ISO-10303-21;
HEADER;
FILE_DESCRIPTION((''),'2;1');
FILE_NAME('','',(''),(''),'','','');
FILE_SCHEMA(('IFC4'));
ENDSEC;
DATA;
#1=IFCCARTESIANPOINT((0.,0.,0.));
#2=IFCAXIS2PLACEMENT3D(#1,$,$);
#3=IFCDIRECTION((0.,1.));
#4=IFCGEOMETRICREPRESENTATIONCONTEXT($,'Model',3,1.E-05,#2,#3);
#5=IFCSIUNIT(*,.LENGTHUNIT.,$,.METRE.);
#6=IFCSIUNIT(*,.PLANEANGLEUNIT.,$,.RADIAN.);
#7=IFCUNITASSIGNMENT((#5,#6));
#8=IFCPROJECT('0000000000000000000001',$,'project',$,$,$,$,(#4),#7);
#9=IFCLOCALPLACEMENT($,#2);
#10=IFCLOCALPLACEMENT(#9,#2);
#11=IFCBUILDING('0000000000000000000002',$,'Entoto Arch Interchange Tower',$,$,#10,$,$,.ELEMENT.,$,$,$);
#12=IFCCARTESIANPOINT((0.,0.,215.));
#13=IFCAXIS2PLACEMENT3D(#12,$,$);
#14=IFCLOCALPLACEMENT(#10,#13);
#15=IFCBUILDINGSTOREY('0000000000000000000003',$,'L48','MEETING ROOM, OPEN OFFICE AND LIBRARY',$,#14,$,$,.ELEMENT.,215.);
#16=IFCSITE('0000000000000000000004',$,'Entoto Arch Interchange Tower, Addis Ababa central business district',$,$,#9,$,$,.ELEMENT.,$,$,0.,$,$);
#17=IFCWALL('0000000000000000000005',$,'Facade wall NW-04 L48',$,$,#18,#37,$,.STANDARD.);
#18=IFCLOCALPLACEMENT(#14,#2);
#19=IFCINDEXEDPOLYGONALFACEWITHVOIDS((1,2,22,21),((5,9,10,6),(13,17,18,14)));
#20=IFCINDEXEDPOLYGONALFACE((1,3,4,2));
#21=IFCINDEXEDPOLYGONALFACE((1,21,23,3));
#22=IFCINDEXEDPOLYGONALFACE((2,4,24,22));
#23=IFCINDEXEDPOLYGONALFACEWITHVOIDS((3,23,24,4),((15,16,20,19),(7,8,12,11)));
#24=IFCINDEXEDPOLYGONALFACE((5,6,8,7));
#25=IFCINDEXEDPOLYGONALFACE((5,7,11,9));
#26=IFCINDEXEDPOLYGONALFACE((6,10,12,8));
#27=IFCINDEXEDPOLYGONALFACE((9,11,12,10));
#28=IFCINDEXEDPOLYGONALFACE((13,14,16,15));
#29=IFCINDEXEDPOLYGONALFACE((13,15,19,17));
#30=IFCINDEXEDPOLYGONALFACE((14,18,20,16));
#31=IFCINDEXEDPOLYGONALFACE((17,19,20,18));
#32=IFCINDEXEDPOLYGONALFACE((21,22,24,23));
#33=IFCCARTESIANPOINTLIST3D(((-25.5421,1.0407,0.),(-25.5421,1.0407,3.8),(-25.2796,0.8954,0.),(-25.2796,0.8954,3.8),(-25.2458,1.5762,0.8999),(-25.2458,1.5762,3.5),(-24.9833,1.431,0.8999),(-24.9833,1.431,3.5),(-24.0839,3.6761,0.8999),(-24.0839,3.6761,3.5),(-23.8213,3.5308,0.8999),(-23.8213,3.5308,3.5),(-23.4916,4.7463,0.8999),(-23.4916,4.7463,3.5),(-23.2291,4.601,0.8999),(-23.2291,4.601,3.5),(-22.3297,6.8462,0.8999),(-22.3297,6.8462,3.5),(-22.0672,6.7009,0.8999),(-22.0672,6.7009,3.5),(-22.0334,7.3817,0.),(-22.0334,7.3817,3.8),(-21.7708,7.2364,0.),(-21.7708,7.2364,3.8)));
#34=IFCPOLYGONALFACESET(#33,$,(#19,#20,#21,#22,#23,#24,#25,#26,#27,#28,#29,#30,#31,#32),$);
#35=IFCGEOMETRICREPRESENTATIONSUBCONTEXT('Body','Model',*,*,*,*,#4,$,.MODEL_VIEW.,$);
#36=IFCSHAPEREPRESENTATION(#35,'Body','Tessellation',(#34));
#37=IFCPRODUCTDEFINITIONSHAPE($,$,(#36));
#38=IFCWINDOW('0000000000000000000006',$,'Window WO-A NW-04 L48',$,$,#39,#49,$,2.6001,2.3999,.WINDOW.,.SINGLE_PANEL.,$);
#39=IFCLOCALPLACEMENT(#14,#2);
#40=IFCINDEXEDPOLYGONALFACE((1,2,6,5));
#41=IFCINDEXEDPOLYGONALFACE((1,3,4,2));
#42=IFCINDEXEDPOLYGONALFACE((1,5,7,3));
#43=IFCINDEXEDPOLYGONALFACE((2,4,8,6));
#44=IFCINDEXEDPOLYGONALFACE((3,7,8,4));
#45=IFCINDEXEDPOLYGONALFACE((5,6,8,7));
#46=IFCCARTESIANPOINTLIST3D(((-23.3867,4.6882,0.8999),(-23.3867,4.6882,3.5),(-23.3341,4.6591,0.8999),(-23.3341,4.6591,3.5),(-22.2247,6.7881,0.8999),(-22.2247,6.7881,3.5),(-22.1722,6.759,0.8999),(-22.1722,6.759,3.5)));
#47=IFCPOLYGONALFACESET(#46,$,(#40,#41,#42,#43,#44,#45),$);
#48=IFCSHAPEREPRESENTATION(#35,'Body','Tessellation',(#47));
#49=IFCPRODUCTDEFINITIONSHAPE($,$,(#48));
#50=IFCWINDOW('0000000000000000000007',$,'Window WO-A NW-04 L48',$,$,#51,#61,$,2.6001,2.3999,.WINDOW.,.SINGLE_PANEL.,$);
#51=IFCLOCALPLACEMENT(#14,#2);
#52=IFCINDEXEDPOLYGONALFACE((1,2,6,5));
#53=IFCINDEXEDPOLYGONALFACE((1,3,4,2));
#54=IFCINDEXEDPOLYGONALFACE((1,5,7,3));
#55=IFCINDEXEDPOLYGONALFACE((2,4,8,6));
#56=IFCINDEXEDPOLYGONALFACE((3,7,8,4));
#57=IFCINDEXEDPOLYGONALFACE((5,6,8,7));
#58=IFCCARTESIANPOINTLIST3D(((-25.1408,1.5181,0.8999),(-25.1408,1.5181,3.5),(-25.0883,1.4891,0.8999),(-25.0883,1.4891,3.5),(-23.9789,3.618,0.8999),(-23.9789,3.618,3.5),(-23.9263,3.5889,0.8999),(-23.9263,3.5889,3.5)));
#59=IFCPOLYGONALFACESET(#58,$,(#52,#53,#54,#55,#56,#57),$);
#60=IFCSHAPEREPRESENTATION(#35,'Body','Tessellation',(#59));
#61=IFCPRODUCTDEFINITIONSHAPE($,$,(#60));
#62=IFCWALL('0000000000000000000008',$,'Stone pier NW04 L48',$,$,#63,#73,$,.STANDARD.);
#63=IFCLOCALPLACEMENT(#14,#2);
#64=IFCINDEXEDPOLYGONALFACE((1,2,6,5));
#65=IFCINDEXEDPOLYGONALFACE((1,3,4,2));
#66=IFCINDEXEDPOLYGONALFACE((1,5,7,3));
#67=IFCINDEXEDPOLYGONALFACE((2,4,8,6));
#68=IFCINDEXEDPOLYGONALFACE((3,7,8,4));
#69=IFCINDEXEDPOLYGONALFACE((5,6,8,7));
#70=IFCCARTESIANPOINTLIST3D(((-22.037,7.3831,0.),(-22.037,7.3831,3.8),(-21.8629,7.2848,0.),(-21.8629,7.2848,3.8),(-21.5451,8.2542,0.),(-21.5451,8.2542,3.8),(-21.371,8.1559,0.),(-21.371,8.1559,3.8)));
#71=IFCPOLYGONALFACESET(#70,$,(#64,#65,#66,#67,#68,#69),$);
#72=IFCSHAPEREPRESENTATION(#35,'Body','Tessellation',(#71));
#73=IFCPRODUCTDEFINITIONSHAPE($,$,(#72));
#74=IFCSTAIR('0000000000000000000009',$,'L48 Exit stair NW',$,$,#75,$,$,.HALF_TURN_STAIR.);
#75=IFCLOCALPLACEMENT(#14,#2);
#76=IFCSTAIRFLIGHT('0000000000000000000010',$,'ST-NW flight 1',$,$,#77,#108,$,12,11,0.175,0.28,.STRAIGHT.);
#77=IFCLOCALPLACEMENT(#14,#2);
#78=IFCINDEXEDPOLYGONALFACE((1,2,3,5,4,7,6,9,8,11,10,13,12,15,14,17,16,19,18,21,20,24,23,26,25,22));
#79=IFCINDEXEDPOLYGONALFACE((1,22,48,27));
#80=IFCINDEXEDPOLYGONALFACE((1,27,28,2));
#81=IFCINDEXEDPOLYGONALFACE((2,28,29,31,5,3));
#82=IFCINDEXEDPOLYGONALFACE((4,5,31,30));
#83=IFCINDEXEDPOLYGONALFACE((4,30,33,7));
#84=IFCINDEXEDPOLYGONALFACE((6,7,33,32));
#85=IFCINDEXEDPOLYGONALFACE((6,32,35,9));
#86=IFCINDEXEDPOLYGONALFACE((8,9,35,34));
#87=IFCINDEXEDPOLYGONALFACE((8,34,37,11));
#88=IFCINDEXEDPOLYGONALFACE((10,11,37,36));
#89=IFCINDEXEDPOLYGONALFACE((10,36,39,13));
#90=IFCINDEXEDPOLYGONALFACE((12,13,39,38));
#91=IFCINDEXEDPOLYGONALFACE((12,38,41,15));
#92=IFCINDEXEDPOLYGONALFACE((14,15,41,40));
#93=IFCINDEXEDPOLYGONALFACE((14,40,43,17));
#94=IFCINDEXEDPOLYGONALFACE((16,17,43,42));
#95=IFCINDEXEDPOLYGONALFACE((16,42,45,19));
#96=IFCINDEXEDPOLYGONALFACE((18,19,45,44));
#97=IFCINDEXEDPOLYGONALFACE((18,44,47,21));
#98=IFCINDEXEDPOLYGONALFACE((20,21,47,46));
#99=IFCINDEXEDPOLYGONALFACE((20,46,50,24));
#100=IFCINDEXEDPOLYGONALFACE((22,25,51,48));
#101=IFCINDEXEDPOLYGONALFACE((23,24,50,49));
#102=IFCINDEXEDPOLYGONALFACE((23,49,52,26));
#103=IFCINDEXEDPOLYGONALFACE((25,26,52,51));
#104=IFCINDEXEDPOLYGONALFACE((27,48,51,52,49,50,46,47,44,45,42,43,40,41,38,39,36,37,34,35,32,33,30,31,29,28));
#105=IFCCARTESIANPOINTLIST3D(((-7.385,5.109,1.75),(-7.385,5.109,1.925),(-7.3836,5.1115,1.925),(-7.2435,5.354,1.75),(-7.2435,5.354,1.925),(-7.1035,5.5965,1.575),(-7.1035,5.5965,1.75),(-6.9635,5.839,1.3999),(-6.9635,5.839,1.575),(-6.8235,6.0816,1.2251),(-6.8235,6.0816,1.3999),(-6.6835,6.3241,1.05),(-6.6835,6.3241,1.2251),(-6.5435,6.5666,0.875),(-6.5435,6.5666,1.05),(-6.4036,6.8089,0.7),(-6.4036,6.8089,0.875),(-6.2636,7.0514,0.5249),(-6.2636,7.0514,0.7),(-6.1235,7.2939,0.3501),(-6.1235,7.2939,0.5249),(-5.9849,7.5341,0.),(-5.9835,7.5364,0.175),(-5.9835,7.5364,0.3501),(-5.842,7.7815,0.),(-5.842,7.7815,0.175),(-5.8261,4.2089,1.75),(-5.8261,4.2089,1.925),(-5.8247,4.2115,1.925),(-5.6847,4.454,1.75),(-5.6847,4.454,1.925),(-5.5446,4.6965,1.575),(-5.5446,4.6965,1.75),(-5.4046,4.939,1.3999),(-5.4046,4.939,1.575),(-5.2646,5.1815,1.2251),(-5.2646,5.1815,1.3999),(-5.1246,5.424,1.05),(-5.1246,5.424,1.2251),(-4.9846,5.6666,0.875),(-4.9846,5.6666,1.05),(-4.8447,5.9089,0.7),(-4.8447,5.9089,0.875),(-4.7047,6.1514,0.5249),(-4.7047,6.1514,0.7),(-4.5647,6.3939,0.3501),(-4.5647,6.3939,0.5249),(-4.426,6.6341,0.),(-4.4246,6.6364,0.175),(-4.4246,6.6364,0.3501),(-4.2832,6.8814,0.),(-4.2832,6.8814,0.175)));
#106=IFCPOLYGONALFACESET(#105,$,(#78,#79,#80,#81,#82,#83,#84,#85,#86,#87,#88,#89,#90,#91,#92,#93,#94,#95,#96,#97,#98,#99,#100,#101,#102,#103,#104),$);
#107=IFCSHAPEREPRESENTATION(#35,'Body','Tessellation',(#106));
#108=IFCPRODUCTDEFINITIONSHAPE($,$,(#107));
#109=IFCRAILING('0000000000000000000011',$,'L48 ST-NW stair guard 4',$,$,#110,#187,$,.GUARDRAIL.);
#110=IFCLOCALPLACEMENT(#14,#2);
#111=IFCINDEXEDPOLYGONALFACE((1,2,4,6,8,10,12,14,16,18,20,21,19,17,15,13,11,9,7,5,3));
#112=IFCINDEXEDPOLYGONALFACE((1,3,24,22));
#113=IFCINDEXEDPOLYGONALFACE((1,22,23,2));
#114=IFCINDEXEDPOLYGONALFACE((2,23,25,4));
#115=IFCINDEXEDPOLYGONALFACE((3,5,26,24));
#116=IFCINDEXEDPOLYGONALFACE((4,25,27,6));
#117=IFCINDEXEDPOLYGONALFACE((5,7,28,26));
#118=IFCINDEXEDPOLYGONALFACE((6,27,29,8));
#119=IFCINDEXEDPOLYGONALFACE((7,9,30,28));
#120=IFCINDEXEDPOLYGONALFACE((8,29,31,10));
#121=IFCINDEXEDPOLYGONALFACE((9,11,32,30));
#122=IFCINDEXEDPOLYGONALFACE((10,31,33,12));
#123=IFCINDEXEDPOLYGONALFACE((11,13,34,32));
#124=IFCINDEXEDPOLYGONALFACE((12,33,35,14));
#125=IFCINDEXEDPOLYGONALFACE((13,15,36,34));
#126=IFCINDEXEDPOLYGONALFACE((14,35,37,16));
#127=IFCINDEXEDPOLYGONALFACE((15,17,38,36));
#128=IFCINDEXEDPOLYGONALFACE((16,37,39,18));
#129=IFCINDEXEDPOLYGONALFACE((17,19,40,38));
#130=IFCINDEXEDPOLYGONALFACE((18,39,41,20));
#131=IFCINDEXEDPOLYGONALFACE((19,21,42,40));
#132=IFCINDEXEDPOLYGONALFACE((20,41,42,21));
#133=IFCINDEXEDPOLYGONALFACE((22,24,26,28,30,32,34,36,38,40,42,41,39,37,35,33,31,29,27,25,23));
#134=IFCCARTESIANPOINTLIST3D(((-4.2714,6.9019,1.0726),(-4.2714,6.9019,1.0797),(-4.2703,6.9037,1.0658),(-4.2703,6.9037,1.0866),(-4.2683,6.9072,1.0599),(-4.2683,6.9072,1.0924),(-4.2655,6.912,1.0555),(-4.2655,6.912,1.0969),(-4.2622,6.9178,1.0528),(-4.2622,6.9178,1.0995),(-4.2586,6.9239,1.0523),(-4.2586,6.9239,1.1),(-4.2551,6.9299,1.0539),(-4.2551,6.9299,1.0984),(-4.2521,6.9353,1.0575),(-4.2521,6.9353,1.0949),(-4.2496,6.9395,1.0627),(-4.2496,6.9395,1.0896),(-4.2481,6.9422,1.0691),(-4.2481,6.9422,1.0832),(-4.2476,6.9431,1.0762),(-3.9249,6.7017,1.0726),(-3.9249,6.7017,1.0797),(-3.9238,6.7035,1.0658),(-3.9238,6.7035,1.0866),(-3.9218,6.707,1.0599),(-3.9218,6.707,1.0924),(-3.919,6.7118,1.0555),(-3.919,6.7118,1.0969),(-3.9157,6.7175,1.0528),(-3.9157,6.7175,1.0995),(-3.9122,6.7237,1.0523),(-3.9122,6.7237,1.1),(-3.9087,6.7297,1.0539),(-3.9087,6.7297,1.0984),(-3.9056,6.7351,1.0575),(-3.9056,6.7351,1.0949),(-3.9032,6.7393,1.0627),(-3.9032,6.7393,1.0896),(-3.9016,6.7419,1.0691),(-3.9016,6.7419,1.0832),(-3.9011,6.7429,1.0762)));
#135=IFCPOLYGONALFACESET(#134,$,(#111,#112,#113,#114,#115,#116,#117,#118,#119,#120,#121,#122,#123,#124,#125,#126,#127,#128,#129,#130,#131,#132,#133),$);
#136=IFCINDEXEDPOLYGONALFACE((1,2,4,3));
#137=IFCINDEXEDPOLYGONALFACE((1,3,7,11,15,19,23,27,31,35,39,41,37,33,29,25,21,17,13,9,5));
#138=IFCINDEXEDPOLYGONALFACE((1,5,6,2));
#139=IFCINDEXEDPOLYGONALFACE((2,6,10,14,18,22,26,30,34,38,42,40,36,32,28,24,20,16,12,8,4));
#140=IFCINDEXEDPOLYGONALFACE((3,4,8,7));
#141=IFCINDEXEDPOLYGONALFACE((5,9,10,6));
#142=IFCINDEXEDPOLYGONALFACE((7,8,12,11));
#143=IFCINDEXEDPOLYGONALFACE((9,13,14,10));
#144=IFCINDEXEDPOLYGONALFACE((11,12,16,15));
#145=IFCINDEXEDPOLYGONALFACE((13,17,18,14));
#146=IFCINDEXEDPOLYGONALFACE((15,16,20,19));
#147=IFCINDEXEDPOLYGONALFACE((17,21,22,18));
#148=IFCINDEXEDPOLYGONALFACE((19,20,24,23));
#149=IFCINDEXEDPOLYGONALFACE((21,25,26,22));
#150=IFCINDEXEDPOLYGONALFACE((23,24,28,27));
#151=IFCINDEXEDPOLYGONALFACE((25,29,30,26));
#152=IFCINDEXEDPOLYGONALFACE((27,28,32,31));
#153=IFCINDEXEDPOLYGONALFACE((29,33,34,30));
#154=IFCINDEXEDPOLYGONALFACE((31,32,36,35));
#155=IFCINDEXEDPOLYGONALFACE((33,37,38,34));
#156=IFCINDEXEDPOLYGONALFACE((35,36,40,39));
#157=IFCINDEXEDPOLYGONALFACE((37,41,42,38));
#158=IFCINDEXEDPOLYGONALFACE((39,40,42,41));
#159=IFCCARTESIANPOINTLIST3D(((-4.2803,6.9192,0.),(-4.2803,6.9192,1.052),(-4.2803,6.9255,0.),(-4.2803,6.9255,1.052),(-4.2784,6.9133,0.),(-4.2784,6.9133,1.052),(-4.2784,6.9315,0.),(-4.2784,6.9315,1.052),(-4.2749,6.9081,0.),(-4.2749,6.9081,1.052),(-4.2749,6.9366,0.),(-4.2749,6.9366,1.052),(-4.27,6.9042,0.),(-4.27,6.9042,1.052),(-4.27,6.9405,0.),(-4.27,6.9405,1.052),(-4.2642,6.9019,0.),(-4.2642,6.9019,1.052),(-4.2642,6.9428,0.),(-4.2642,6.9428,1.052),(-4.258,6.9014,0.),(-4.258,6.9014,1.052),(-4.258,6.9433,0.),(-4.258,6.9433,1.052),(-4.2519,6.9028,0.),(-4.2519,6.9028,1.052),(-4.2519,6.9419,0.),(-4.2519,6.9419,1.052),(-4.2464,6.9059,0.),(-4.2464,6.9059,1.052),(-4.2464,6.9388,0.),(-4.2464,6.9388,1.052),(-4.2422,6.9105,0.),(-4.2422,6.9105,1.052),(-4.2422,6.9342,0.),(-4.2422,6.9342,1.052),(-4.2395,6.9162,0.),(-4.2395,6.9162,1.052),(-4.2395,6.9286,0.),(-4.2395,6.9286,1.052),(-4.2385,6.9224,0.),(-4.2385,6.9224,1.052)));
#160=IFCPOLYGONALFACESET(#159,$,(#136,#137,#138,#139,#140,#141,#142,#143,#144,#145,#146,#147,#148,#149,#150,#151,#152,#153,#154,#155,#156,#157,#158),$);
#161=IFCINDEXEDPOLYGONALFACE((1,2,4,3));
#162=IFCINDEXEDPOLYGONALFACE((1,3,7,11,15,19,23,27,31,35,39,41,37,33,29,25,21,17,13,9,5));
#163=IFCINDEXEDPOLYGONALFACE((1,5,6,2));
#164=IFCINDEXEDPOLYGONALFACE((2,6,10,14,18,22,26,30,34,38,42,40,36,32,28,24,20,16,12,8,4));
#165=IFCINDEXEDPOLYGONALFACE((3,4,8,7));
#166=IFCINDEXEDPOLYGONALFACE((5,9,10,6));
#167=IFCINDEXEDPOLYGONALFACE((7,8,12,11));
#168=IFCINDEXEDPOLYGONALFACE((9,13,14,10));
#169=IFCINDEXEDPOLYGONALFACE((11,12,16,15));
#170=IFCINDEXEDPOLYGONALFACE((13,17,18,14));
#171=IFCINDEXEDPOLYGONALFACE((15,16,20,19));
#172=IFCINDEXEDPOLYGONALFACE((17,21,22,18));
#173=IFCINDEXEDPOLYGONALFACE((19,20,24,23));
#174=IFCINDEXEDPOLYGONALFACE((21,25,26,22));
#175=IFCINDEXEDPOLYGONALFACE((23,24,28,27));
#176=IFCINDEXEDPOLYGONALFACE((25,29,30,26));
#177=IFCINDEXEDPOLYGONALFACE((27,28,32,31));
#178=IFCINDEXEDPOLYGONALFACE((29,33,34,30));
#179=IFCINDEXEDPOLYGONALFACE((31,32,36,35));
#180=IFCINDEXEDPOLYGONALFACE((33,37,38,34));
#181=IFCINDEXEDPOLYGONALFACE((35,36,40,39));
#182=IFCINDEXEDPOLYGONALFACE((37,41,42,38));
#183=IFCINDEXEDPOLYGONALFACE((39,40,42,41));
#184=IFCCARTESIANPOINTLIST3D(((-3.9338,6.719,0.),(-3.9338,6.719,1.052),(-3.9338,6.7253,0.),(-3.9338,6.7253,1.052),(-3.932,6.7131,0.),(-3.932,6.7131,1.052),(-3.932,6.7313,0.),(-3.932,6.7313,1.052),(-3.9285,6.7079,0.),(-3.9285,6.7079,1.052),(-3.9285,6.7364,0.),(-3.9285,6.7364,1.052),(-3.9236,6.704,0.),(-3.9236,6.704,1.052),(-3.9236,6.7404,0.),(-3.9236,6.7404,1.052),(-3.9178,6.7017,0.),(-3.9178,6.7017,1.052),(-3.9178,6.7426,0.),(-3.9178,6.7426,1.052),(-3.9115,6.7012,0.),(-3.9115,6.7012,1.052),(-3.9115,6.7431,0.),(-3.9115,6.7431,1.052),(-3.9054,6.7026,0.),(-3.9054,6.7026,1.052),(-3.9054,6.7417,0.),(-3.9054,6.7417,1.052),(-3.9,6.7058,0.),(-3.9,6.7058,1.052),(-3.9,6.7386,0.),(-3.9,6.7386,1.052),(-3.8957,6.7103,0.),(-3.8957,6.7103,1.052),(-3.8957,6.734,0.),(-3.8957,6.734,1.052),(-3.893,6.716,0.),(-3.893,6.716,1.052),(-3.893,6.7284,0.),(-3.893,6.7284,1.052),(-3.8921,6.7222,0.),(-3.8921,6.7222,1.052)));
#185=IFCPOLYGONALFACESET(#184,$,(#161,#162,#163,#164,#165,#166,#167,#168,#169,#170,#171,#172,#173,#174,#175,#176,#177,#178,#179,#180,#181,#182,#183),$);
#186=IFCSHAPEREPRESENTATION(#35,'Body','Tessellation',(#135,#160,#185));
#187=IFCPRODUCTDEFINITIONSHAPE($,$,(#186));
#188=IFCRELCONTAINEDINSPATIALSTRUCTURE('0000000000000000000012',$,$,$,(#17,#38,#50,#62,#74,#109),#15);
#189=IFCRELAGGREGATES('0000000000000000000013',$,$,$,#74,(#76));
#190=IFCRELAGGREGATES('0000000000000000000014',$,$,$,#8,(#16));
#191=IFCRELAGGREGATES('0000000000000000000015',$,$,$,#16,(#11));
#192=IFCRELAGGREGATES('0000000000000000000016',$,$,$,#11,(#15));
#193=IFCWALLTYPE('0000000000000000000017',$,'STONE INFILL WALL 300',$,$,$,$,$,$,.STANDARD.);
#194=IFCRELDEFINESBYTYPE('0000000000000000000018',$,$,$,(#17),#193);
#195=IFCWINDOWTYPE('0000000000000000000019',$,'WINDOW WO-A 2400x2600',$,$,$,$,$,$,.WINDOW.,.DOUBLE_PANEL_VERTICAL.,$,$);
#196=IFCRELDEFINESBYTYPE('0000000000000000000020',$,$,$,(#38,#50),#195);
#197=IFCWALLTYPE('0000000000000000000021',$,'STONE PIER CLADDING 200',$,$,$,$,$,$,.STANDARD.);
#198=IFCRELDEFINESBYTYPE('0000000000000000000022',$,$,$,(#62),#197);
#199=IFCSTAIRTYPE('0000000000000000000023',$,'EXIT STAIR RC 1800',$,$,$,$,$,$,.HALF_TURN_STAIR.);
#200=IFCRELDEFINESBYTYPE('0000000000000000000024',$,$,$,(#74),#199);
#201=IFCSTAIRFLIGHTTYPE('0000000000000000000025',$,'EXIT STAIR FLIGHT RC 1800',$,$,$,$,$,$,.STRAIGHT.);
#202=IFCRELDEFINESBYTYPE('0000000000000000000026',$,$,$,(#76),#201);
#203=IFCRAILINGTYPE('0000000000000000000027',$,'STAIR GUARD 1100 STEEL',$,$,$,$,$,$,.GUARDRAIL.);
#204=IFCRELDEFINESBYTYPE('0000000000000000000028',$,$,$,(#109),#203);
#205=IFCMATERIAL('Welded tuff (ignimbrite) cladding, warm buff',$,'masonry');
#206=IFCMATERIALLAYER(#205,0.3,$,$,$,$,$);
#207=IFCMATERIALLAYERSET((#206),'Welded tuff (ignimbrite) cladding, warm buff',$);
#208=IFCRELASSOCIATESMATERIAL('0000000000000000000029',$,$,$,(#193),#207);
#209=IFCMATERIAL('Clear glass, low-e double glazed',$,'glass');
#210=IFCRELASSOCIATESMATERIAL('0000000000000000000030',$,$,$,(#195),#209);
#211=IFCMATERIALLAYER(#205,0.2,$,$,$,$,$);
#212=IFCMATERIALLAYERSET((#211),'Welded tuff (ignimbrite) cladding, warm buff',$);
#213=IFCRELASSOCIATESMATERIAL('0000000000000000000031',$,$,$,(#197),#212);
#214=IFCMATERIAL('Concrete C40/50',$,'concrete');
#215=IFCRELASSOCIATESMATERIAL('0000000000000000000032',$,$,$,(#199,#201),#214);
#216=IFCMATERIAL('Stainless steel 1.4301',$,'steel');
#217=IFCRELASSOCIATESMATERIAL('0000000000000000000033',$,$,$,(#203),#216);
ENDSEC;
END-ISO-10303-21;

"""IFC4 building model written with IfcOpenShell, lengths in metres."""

from ifc_helpers import new_model, si_unit, direction, frame, frame_2d, origin, origin_2d, place, context, subcontext, project, spatial, polyline, rectangle, circle, outline, extrude, material, layer, layer_set, type_object, element, fill, aggregate, save


model = new_model("IFC4")

# Units and contexts
model_context = context("Model", 3, precision=1e-05, world=origin(), true_north=direction((0.0, 1.0)))
body_context = subcontext(model_context, "Body", "Model", "MODEL_VIEW")
ifc_project = project(units=[si_unit("LENGTHUNIT", "METRE"), si_unit("PLANEANGLEUNIT", "RADIAN")], contexts=[model_context])

# Site, building, storey
site_placement = place(None, origin())
site = spatial("IfcSite", under=ifc_project, at=site_placement, Name="Entoto Arch Interchange Tower, Addis Ababa central business district", CompositionType="ELEMENT", RefElevation=0.0)
building_placement = place(site_placement, origin())
building = spatial("IfcBuilding", under=site, at=building_placement, Name="Entoto Arch Interchange Tower", CompositionType="ELEMENT")
storey_placement = place(building_placement, frame((0.0, 0.0, 215.0)))
storey = spatial("IfcBuildingStorey", under=building, at=storey_placement, Name="L48", Description="MEETING ROOM, OPEN OFFICE AND LIBRARY", CompositionType="ELEMENT", Elevation=215.0)

# Shared definitions
ifc_material_1 = material(Name="Concrete C40/50", Category="concrete")

# Wall, openings, windows
ifc_material_2 = material(Name="Welded tuff (ignimbrite) cladding, warm buff", Category="masonry")
ifc_layer_1 = layer(ifc_material_2, 0.3)
ifc_layer_set_1 = layer_set([ifc_layer_1], Name="Welded tuff (ignimbrite) cladding, warm buff")
wall_type_1 = type_object("IfcWallType", Name="STONE INFILL WALL 300", PredefinedType="STANDARD", material=ifc_layer_set_1)
ifc_material_3 = material(Name="Clear glass, low-e double glazed", Category="glass")
window_type = type_object("IfcWindowType", Name="WINDOW WO-A 2400x2600", PartitioningType="DOUBLE_PANEL_VERTICAL", PredefinedType="WINDOW", material=ifc_material_3)
wall_1_placement = place(storey_placement, frame((-21.9021, 7.3091, 0.0), z_axis=(0.0, 0.0, 1.0), x_axis=(-0.484163, -0.874978, 0.0)))
wall_1 = element("IfcWall", 1, at=wall_1_placement, inside=storey, type_object=wall_type_1, Name="Facade wall NW-04 L48", PredefinedType="STANDARD", context=body_context, shape_type="SweptSolid", body=[
    extrude(rectangle(XDim=7.2471, YDim=0.3, at=frame_2d((3.6235, 0.0))), origin(), (0.0, 0.0, 1.0), 3.8),
])
opening_1_placement = place(wall_1_placement, frame((0.6121, 0.0, 0.8999)))
opening_1 = element("IfcOpeningElement", 2, at=opening_1_placement, cuts=wall_1, PredefinedType="OPENING", context=body_context, shape_type="SweptSolid", body=[
    extrude(rectangle(XDim=2.3999, YDim=2.6001, at=frame_2d((1.2, 1.3))), frame((0.0, 0.1602, 0.0), z_axis=(0.0, -1.0, 0.0), x_axis=(1.0, 0.0, 0.0)), (0.0, 0.0, 1.0), 0.3201),
])
opening_2_placement = place(wall_1_placement, frame((4.2351, 0.0, 0.8999)))
opening_2 = element("IfcOpeningElement", 3, at=opening_2_placement, cuts=wall_1, PredefinedType="OPENING", context=body_context, shape_type="SweptSolid", body=[
    extrude(rectangle(XDim=2.3999, YDim=2.6001, at=frame_2d((1.2, 1.3))), frame((0.0, 0.1602, 0.0), z_axis=(0.0, -1.0, 0.0), x_axis=(1.0, 0.0, 0.0)), (0.0, 0.0, 1.0), 0.3201),
])
window_1_placement = place(opening_1_placement, origin())
window_1 = element("IfcWindow", 4, at=window_1_placement, inside=storey, type_object=window_type, Name="Window WO-A NW-04 L48", OverallHeight=2.6001, OverallWidth=2.3999, PartitioningType="SINGLE_PANEL", PredefinedType="WINDOW", context=body_context, shape_type="SweptSolid", body=[
    extrude(rectangle(XDim=2.3999, YDim=2.6001, at=frame_2d((1.2, 1.3))), frame((0.0, 0.03, 0.0), z_axis=(0.0, -1.0, 0.0), x_axis=(1.0, 0.0, 0.0)), (0.0, 0.0, 1.0), 0.0601),
])
fill(opening_1, window_1)
window_2_placement = place(opening_2_placement, origin())
window_2 = element("IfcWindow", 5, at=window_2_placement, inside=storey, type_object=window_type, Name="Window WO-A NW-04 L48", OverallHeight=2.6001, OverallWidth=2.3999, PartitioningType="SINGLE_PANEL", PredefinedType="WINDOW", context=body_context, shape_type="SweptSolid", body=[
    extrude(rectangle(XDim=2.3999, YDim=2.6001, at=frame_2d((1.2, 1.3))), frame((0.0, 0.03, 0.0), z_axis=(0.0, -1.0, 0.0), x_axis=(1.0, 0.0, 0.0)), (0.0, 0.0, 1.0), 0.0601),
])
fill(opening_2, window_2)

# Wall
ifc_layer_2 = layer(ifc_material_2, 0.2)
ifc_layer_set_2 = layer_set([ifc_layer_2], Name="Welded tuff (ignimbrite) cladding, warm buff")
wall_type_2 = type_object("IfcWallType", Name="STONE PIER CLADDING 200", PredefinedType="STANDARD", material=ifc_layer_set_2)
wall_2_placement = place(storey_placement, frame((-21.458, 8.2051, 0.0), z_axis=(0.0, 0.0, 1.0), x_axis=(-0.491744, -0.87074, 0.0)))
element("IfcWall", 6, at=wall_2_placement, inside=storey, type_object=wall_type_2, Name="Stone pier NW04 L48", PredefinedType="STANDARD", context=body_context, shape_type="SweptSolid", body=[
    extrude(rectangle(XDim=1.0005, YDim=0.2, at=frame_2d((0.5002, 0.0))), origin(), (0.0, 0.0, 1.0), 3.8),
])

# Stair, stair flight
stair_type = type_object("IfcStairType", Name="EXIT STAIR RC 1800", PredefinedType="HALF_TURN_STAIR", material=ifc_material_1)
stair_placement = place(storey_placement, origin())
stair = element("IfcStair", 7, at=stair_placement, inside=storey, type_object=stair_type, Name="L48 Exit stair NW", PredefinedType="HALF_TURN_STAIR")
stair_flight_type = type_object("IfcStairFlightType", Name="EXIT STAIR FLIGHT RC 1800", PredefinedType="STRAIGHT", material=ifc_material_1)
stair_flight_placement = place(storey_placement, frame((-5.064, 7.3289, 0.0), z_axis=(0.0, 0.0, 1.0), x_axis=(-0.5, -0.866025, 0.0)))
stair_flight = element("IfcStairFlight", 8, at=stair_flight_placement, type_object=stair_flight_type, Name="ST-NW flight 1", NumberOfRisers=12, NumberOfTreads=11, PredefinedType="STRAIGHT", RiserHeight=0.175, TreadLength=0.28, context=body_context, shape_type="SweptSolid", body=[
    extrude(outline(polyline([(-0.0029, 0.0), (-0.0029, 0.175), (0.28, 0.175), (0.28, 0.3501), (0.5601, 0.3501), (0.5601, 0.5249), (0.8401, 0.5249), (0.8401, 0.7), (1.1201, 0.7), (1.1201, 0.875), (1.3999, 0.875), (1.3999, 1.05), (1.6799, 1.05), (1.6799, 1.2251), (1.96, 1.2251), (1.96, 1.3999), (2.24, 1.3999), (2.24, 1.575), (2.52, 1.575), (2.52, 1.75), (2.8, 1.75), (2.8, 1.925), (3.0801, 1.925), (3.083, 1.925), (3.083, 1.75), (0.2827, 0.0), (-0.0029, 0.0)])), frame((0.0, 0.8999, 0.0), z_axis=(0.0, -1.0, 0.0), x_axis=(1.0, 0.0, 0.0)), (0.0, 0.0, 1.0), 1.8),
])
aggregate(stair, [stair_flight])

# Railing
ifc_material_4 = material(Name="Stainless steel 1.4301", Category="steel")
railing_type_1 = type_object("IfcRailingType", Name="STAIR GUARD 1100 STEEL", PredefinedType="GUARDRAIL", material=ifc_material_4)
railing_1_placement = place(storey_placement, frame((-4.2595, 6.9224, 0.0)))
element("IfcRailing", 9, at=railing_1_placement, inside=storey, type_object=railing_type_1, Name="L48 ST-NW stair guard 4", PredefinedType="GUARDRAIL", context=body_context, shape_type="SweptSolid", body=[
    extrude(circle(Radius=0.0239, at=origin_2d()), frame((0.0, 0.0, 1.0762), z_axis=(0.86583, -0.500339, 0.0), x_axis=(0.500339, 0.86583, 0.0)), (0.0, 0.0, 1.0), 0.4001),
    extrude(circle(Radius=0.021, at=origin_2d()), origin(), (0.0, 0.0, 1.0), 1.052),
    extrude(circle(Radius=0.021, at=origin_2d()), frame((0.3464, -0.2002, 0.0)), (0.0, 0.0, 1.0), 1.052),
])

save(model, "model.ifc")
